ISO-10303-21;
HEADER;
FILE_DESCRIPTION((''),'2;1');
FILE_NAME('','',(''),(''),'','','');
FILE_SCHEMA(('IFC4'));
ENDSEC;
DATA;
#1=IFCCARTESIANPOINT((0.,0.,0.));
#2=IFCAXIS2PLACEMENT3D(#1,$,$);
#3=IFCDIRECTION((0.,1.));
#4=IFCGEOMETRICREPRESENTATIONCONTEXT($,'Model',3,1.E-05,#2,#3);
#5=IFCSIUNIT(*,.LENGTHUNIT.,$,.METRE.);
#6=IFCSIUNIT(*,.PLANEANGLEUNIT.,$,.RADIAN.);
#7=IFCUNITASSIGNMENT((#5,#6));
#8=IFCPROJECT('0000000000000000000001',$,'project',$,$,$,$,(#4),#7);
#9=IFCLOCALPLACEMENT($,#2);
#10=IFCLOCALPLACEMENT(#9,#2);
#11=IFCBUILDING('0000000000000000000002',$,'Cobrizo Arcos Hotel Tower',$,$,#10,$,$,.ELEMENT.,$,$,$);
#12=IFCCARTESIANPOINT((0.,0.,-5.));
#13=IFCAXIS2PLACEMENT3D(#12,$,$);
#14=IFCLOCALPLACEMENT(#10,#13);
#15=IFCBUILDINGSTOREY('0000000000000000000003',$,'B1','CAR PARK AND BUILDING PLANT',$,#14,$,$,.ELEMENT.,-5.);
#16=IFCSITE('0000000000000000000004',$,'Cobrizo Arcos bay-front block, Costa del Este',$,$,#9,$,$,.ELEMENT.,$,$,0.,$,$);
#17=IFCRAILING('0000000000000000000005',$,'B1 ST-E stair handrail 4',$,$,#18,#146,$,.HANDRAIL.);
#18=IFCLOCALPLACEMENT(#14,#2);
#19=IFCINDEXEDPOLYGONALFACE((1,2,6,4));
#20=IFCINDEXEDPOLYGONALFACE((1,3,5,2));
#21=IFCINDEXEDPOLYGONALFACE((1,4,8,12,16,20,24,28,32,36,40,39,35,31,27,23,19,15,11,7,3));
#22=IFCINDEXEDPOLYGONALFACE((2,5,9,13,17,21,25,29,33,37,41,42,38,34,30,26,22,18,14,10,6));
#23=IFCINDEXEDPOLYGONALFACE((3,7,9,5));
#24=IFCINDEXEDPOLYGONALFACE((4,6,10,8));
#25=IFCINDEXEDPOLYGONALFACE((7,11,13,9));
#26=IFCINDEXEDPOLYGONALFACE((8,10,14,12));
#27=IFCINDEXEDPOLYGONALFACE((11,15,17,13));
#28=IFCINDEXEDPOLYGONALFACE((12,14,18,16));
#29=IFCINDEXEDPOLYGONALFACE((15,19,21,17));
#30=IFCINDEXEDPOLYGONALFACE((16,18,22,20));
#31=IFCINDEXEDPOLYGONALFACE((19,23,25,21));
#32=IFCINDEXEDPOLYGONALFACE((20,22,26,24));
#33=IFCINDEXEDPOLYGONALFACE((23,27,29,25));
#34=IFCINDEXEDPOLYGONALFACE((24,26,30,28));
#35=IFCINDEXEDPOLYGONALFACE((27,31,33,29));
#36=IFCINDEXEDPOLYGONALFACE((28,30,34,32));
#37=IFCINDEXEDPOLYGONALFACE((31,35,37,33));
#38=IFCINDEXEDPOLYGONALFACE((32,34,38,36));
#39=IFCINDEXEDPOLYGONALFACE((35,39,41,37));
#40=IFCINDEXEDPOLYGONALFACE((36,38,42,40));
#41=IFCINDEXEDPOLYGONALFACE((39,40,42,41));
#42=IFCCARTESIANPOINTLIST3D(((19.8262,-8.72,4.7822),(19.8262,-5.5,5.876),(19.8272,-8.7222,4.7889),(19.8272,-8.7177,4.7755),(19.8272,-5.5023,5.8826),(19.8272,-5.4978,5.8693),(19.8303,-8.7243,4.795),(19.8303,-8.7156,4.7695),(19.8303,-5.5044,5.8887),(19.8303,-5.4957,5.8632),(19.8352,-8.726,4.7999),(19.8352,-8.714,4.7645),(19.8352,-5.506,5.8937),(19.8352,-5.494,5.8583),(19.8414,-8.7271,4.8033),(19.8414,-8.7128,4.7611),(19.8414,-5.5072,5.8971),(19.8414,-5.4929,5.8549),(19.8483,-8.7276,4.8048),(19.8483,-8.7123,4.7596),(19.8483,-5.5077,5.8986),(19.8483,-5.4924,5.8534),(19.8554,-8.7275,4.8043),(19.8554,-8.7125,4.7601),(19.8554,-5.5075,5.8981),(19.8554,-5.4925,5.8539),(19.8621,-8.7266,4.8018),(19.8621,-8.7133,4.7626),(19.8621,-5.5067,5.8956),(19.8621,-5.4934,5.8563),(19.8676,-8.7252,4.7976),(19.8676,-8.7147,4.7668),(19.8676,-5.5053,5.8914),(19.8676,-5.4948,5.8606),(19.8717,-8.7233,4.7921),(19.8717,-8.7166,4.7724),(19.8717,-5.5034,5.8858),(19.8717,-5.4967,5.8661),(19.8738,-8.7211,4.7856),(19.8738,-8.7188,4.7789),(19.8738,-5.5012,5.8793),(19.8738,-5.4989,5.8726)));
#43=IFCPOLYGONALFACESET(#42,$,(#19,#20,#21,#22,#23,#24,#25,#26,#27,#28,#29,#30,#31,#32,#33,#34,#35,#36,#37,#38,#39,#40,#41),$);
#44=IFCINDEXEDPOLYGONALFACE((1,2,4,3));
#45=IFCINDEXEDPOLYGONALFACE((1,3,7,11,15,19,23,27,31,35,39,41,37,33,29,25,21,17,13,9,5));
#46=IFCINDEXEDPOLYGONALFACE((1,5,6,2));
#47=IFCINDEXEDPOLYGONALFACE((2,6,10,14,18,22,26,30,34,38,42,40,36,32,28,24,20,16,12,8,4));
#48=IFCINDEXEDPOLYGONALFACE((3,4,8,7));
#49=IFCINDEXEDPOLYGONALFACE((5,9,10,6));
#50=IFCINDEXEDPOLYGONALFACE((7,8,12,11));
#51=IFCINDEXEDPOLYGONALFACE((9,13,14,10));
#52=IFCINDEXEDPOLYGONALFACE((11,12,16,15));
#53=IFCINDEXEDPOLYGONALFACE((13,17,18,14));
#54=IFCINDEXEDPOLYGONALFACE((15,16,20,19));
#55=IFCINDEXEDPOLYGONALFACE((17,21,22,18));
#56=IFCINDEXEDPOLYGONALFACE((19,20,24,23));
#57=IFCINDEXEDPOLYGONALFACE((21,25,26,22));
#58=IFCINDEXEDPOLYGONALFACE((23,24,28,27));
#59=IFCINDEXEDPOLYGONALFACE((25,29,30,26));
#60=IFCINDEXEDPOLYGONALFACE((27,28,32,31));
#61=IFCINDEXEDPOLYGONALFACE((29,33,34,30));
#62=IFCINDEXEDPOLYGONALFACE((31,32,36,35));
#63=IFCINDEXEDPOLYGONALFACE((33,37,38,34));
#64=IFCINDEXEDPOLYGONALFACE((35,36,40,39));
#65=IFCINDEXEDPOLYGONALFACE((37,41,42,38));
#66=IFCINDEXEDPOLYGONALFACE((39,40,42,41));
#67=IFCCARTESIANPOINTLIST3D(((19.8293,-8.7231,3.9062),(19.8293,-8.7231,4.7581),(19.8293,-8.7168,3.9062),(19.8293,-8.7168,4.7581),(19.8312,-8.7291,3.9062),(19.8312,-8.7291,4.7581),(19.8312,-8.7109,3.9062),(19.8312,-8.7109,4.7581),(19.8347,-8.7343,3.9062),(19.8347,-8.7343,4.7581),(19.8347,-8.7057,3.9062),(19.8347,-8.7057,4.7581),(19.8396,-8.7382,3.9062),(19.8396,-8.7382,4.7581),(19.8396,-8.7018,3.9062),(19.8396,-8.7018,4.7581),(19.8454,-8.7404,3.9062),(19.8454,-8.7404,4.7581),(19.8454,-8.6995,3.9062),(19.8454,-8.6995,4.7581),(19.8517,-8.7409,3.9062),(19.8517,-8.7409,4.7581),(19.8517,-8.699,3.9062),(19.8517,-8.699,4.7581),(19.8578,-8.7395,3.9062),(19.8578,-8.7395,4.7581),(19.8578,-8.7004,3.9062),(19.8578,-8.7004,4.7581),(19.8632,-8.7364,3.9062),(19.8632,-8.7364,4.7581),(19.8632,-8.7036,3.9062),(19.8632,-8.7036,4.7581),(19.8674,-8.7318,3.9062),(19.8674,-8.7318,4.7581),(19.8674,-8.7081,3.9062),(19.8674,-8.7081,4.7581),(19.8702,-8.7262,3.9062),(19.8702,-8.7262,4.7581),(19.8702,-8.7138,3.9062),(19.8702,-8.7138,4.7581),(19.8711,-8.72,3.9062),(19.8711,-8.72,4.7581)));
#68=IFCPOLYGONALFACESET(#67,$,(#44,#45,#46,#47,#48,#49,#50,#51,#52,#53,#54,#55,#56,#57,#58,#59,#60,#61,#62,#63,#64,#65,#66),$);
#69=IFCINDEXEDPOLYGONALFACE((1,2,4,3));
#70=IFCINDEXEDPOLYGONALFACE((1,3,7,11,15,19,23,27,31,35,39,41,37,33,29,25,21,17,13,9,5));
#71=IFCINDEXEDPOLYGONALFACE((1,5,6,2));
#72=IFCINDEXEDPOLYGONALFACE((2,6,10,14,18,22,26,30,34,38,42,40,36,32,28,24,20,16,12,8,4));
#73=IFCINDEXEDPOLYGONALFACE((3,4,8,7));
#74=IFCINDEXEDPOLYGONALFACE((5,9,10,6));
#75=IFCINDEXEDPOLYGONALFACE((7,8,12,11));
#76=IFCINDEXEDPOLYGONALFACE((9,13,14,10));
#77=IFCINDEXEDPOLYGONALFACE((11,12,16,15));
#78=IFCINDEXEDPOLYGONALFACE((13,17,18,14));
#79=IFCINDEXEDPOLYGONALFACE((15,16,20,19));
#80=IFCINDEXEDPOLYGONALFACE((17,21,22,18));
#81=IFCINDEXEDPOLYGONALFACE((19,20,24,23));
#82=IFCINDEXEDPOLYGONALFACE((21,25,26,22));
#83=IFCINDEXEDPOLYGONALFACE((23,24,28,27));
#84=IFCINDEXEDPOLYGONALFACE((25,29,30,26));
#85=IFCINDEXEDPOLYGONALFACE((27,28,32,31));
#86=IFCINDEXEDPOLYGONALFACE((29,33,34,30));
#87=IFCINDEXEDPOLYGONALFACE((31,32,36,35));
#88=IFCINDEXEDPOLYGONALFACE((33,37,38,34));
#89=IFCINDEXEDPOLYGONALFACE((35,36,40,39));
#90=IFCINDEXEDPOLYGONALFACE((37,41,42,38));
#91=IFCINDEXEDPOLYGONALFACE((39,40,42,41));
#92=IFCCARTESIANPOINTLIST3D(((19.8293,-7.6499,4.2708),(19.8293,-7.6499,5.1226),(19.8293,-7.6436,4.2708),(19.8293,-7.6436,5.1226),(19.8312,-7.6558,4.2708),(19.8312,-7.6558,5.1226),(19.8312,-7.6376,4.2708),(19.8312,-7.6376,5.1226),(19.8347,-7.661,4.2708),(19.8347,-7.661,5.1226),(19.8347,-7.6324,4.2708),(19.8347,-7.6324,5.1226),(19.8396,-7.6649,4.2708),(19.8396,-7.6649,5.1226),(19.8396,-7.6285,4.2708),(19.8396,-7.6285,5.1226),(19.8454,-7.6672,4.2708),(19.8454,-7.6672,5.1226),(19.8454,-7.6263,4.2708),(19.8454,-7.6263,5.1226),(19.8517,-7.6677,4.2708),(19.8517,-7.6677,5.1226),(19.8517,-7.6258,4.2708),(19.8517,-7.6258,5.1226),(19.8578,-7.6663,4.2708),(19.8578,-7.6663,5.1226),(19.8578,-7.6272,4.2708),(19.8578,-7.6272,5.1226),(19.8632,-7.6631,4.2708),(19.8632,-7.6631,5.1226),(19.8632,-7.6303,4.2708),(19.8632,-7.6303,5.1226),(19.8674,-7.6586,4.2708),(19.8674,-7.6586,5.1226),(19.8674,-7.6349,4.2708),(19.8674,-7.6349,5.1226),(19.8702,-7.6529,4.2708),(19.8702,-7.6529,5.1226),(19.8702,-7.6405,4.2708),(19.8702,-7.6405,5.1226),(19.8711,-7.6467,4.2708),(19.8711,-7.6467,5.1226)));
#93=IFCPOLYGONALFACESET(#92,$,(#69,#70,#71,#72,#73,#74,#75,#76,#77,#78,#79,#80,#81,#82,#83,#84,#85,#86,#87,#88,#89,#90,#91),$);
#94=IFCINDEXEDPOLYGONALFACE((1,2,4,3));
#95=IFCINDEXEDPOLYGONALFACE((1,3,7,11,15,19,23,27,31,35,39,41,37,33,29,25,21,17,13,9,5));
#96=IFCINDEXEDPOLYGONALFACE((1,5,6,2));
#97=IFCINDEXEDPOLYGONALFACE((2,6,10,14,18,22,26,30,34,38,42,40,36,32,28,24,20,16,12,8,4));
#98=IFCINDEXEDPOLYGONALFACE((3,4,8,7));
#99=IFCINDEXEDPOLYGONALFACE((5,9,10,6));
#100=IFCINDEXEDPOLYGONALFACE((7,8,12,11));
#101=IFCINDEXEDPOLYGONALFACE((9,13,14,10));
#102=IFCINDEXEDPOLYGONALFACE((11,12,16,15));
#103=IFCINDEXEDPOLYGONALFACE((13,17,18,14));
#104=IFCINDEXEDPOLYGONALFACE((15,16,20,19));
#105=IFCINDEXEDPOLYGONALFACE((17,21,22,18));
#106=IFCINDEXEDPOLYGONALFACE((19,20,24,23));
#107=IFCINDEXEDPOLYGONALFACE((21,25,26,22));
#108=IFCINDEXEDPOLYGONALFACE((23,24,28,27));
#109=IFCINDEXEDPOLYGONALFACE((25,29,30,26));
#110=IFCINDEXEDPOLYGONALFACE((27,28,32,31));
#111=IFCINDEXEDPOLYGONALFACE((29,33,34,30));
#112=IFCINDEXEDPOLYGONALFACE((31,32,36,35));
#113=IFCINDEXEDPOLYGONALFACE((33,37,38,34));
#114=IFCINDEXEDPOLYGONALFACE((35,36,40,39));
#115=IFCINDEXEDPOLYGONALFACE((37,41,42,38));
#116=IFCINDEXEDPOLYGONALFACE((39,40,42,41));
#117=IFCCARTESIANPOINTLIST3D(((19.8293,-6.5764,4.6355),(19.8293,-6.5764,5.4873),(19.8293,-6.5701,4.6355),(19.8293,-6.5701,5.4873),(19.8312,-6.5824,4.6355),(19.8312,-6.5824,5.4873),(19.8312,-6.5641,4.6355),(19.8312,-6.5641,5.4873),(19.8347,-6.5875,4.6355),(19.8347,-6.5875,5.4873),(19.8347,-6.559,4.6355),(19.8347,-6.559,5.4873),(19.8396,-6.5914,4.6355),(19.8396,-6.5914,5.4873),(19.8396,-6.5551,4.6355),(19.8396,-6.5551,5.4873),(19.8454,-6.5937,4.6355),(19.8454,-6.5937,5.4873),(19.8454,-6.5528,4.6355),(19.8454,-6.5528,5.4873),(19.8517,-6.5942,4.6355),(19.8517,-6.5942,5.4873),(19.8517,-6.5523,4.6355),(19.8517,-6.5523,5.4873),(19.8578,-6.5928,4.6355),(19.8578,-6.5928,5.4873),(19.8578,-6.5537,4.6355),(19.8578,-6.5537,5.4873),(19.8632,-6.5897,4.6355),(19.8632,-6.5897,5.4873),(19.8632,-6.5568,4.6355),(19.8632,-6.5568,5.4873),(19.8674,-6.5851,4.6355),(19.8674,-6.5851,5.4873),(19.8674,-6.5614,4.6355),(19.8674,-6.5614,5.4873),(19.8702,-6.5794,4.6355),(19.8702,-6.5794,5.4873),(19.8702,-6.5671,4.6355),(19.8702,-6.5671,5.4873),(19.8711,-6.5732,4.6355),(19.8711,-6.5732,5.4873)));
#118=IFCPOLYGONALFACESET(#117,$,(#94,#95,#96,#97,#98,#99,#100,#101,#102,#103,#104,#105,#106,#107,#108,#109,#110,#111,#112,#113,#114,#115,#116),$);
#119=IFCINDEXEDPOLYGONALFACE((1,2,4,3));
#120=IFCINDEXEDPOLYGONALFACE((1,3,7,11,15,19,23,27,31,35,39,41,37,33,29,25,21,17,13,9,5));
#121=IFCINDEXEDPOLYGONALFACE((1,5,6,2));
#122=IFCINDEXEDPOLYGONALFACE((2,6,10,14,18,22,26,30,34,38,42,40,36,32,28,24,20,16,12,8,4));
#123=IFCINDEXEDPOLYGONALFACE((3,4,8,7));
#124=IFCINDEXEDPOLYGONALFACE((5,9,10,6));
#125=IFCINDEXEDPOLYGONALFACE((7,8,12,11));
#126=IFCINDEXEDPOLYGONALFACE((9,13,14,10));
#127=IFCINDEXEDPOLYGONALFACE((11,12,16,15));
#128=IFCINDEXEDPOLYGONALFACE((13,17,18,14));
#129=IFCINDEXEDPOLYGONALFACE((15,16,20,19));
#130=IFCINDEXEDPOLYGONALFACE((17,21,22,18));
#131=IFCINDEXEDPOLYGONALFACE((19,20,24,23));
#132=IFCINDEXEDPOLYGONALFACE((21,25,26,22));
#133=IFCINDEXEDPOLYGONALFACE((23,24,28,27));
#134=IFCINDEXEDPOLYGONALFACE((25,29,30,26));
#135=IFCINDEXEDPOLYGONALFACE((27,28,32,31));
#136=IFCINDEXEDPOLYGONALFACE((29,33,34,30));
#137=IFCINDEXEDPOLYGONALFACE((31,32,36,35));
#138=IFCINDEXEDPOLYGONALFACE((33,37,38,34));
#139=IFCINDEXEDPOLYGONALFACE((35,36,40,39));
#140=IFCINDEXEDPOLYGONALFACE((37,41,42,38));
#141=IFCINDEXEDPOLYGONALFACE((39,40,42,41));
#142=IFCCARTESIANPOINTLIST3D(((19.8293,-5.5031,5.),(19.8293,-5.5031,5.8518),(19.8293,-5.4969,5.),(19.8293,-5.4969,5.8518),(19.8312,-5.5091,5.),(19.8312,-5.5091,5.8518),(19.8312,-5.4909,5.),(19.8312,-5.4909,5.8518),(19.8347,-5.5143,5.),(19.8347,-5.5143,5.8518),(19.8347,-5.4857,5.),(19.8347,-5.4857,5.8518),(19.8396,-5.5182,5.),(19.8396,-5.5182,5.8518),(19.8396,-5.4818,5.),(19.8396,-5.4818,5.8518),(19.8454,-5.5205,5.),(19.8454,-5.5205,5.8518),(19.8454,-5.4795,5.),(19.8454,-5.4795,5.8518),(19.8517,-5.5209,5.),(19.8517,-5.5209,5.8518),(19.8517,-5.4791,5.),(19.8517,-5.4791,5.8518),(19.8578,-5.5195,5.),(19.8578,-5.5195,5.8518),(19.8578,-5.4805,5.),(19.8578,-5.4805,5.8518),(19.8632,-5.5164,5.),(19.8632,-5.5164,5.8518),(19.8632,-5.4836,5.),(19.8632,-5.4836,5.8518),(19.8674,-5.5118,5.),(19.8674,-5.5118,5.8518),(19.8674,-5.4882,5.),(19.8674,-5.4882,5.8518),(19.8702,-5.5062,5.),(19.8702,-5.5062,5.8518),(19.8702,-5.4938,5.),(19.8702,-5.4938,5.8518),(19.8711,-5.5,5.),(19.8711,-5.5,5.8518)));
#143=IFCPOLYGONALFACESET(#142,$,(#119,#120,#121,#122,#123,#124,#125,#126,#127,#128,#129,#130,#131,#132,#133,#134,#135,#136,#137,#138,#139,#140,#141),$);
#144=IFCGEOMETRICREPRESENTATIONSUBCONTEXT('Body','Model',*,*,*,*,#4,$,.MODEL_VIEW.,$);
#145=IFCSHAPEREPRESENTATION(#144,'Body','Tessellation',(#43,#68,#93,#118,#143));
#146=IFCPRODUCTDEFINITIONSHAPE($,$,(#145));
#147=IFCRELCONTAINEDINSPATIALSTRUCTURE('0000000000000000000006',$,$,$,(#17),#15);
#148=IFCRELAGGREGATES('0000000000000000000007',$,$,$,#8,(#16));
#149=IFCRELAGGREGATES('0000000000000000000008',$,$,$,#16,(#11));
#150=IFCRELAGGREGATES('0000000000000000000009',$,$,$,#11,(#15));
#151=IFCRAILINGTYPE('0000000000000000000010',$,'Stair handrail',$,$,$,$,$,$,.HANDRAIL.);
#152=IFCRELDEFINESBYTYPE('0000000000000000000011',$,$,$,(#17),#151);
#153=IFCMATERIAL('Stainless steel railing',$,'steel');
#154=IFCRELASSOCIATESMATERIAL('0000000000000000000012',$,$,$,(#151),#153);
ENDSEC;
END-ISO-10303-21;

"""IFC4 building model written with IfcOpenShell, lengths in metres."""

from ifc_helpers import new_model, si_unit, direction, frame, origin, origin_2d, place, context, subcontext, project, spatial, circle, extrude, material, type_object, element, save


model = new_model("IFC4")

# Units and contexts
model_context = context("Model", 3, precision=1e-05, world=origin(), true_north=direction((0.0, 1.0)))
body_context = subcontext(model_context, "Body", "Model", "MODEL_VIEW")
ifc_project = project(units=[si_unit("LENGTHUNIT", "METRE"), si_unit("PLANEANGLEUNIT", "RADIAN")], contexts=[model_context])

# Site, building, storey
site_placement = place(None, origin())
site = spatial("IfcSite", under=ifc_project, at=site_placement, Name="Cobrizo Arcos bay-front block, Costa del Este", CompositionType="ELEMENT", RefElevation=0.0)
building_placement = place(site_placement, origin())
building = spatial("IfcBuilding", under=site, at=building_placement, Name="Cobrizo Arcos Hotel Tower", CompositionType="ELEMENT")
storey_placement = place(building_placement, frame((0.0, 0.0, -5.0)))
storey = spatial("IfcBuildingStorey", under=building, at=storey_placement, Name="B1", Description="CAR PARK AND BUILDING PLANT", CompositionType="ELEMENT", Elevation=-5.0)

# Railing
ifc_material_1 = material(Name="Stainless steel railing", Category="steel")
railing_type_1 = type_object("IfcRailingType", Name="Stair handrail", PredefinedType="HANDRAIL", material=ifc_material_1)
for number, where, name in (
    (1, (19.8501, -8.72, 3.9062), "B1 ST-E stair handrail 4"),
):
    element("IfcRailing", number, at=place(storey_placement, frame(where)), inside=storey, type_object=railing_type_1, Name=name, PredefinedType="HANDRAIL", context=body_context, shape_type="SweptSolid", body=[
        extrude(circle(Radius=0.0239, at=origin_2d()), frame((0.0, 0.0, 0.876), z_axis=(0.0, 0.946866, 0.321629), x_axis=(-1.0, 0.0, 0.0)), (0.0, 0.0, 1.0), 3.4006),
        extrude(circle(Radius=0.021, at=origin_2d()), origin(), (0.0, 0.0, 1.0), 0.8518),
        extrude(circle(Radius=0.021, at=origin_2d()), frame((0.0, 1.0732, 0.3645)), (0.0, 0.0, 1.0), 0.8518),
        extrude(circle(Radius=0.021, at=origin_2d()), frame((0.0, 2.1467, 0.7292)), (0.0, 0.0, 1.0), 0.8518),
        extrude(circle(Radius=0.021, at=origin_2d()), frame((0.0, 3.22, 1.0938)), (0.0, 0.0, 1.0), 0.8518),
    ])

save(model, "model.ifc")
